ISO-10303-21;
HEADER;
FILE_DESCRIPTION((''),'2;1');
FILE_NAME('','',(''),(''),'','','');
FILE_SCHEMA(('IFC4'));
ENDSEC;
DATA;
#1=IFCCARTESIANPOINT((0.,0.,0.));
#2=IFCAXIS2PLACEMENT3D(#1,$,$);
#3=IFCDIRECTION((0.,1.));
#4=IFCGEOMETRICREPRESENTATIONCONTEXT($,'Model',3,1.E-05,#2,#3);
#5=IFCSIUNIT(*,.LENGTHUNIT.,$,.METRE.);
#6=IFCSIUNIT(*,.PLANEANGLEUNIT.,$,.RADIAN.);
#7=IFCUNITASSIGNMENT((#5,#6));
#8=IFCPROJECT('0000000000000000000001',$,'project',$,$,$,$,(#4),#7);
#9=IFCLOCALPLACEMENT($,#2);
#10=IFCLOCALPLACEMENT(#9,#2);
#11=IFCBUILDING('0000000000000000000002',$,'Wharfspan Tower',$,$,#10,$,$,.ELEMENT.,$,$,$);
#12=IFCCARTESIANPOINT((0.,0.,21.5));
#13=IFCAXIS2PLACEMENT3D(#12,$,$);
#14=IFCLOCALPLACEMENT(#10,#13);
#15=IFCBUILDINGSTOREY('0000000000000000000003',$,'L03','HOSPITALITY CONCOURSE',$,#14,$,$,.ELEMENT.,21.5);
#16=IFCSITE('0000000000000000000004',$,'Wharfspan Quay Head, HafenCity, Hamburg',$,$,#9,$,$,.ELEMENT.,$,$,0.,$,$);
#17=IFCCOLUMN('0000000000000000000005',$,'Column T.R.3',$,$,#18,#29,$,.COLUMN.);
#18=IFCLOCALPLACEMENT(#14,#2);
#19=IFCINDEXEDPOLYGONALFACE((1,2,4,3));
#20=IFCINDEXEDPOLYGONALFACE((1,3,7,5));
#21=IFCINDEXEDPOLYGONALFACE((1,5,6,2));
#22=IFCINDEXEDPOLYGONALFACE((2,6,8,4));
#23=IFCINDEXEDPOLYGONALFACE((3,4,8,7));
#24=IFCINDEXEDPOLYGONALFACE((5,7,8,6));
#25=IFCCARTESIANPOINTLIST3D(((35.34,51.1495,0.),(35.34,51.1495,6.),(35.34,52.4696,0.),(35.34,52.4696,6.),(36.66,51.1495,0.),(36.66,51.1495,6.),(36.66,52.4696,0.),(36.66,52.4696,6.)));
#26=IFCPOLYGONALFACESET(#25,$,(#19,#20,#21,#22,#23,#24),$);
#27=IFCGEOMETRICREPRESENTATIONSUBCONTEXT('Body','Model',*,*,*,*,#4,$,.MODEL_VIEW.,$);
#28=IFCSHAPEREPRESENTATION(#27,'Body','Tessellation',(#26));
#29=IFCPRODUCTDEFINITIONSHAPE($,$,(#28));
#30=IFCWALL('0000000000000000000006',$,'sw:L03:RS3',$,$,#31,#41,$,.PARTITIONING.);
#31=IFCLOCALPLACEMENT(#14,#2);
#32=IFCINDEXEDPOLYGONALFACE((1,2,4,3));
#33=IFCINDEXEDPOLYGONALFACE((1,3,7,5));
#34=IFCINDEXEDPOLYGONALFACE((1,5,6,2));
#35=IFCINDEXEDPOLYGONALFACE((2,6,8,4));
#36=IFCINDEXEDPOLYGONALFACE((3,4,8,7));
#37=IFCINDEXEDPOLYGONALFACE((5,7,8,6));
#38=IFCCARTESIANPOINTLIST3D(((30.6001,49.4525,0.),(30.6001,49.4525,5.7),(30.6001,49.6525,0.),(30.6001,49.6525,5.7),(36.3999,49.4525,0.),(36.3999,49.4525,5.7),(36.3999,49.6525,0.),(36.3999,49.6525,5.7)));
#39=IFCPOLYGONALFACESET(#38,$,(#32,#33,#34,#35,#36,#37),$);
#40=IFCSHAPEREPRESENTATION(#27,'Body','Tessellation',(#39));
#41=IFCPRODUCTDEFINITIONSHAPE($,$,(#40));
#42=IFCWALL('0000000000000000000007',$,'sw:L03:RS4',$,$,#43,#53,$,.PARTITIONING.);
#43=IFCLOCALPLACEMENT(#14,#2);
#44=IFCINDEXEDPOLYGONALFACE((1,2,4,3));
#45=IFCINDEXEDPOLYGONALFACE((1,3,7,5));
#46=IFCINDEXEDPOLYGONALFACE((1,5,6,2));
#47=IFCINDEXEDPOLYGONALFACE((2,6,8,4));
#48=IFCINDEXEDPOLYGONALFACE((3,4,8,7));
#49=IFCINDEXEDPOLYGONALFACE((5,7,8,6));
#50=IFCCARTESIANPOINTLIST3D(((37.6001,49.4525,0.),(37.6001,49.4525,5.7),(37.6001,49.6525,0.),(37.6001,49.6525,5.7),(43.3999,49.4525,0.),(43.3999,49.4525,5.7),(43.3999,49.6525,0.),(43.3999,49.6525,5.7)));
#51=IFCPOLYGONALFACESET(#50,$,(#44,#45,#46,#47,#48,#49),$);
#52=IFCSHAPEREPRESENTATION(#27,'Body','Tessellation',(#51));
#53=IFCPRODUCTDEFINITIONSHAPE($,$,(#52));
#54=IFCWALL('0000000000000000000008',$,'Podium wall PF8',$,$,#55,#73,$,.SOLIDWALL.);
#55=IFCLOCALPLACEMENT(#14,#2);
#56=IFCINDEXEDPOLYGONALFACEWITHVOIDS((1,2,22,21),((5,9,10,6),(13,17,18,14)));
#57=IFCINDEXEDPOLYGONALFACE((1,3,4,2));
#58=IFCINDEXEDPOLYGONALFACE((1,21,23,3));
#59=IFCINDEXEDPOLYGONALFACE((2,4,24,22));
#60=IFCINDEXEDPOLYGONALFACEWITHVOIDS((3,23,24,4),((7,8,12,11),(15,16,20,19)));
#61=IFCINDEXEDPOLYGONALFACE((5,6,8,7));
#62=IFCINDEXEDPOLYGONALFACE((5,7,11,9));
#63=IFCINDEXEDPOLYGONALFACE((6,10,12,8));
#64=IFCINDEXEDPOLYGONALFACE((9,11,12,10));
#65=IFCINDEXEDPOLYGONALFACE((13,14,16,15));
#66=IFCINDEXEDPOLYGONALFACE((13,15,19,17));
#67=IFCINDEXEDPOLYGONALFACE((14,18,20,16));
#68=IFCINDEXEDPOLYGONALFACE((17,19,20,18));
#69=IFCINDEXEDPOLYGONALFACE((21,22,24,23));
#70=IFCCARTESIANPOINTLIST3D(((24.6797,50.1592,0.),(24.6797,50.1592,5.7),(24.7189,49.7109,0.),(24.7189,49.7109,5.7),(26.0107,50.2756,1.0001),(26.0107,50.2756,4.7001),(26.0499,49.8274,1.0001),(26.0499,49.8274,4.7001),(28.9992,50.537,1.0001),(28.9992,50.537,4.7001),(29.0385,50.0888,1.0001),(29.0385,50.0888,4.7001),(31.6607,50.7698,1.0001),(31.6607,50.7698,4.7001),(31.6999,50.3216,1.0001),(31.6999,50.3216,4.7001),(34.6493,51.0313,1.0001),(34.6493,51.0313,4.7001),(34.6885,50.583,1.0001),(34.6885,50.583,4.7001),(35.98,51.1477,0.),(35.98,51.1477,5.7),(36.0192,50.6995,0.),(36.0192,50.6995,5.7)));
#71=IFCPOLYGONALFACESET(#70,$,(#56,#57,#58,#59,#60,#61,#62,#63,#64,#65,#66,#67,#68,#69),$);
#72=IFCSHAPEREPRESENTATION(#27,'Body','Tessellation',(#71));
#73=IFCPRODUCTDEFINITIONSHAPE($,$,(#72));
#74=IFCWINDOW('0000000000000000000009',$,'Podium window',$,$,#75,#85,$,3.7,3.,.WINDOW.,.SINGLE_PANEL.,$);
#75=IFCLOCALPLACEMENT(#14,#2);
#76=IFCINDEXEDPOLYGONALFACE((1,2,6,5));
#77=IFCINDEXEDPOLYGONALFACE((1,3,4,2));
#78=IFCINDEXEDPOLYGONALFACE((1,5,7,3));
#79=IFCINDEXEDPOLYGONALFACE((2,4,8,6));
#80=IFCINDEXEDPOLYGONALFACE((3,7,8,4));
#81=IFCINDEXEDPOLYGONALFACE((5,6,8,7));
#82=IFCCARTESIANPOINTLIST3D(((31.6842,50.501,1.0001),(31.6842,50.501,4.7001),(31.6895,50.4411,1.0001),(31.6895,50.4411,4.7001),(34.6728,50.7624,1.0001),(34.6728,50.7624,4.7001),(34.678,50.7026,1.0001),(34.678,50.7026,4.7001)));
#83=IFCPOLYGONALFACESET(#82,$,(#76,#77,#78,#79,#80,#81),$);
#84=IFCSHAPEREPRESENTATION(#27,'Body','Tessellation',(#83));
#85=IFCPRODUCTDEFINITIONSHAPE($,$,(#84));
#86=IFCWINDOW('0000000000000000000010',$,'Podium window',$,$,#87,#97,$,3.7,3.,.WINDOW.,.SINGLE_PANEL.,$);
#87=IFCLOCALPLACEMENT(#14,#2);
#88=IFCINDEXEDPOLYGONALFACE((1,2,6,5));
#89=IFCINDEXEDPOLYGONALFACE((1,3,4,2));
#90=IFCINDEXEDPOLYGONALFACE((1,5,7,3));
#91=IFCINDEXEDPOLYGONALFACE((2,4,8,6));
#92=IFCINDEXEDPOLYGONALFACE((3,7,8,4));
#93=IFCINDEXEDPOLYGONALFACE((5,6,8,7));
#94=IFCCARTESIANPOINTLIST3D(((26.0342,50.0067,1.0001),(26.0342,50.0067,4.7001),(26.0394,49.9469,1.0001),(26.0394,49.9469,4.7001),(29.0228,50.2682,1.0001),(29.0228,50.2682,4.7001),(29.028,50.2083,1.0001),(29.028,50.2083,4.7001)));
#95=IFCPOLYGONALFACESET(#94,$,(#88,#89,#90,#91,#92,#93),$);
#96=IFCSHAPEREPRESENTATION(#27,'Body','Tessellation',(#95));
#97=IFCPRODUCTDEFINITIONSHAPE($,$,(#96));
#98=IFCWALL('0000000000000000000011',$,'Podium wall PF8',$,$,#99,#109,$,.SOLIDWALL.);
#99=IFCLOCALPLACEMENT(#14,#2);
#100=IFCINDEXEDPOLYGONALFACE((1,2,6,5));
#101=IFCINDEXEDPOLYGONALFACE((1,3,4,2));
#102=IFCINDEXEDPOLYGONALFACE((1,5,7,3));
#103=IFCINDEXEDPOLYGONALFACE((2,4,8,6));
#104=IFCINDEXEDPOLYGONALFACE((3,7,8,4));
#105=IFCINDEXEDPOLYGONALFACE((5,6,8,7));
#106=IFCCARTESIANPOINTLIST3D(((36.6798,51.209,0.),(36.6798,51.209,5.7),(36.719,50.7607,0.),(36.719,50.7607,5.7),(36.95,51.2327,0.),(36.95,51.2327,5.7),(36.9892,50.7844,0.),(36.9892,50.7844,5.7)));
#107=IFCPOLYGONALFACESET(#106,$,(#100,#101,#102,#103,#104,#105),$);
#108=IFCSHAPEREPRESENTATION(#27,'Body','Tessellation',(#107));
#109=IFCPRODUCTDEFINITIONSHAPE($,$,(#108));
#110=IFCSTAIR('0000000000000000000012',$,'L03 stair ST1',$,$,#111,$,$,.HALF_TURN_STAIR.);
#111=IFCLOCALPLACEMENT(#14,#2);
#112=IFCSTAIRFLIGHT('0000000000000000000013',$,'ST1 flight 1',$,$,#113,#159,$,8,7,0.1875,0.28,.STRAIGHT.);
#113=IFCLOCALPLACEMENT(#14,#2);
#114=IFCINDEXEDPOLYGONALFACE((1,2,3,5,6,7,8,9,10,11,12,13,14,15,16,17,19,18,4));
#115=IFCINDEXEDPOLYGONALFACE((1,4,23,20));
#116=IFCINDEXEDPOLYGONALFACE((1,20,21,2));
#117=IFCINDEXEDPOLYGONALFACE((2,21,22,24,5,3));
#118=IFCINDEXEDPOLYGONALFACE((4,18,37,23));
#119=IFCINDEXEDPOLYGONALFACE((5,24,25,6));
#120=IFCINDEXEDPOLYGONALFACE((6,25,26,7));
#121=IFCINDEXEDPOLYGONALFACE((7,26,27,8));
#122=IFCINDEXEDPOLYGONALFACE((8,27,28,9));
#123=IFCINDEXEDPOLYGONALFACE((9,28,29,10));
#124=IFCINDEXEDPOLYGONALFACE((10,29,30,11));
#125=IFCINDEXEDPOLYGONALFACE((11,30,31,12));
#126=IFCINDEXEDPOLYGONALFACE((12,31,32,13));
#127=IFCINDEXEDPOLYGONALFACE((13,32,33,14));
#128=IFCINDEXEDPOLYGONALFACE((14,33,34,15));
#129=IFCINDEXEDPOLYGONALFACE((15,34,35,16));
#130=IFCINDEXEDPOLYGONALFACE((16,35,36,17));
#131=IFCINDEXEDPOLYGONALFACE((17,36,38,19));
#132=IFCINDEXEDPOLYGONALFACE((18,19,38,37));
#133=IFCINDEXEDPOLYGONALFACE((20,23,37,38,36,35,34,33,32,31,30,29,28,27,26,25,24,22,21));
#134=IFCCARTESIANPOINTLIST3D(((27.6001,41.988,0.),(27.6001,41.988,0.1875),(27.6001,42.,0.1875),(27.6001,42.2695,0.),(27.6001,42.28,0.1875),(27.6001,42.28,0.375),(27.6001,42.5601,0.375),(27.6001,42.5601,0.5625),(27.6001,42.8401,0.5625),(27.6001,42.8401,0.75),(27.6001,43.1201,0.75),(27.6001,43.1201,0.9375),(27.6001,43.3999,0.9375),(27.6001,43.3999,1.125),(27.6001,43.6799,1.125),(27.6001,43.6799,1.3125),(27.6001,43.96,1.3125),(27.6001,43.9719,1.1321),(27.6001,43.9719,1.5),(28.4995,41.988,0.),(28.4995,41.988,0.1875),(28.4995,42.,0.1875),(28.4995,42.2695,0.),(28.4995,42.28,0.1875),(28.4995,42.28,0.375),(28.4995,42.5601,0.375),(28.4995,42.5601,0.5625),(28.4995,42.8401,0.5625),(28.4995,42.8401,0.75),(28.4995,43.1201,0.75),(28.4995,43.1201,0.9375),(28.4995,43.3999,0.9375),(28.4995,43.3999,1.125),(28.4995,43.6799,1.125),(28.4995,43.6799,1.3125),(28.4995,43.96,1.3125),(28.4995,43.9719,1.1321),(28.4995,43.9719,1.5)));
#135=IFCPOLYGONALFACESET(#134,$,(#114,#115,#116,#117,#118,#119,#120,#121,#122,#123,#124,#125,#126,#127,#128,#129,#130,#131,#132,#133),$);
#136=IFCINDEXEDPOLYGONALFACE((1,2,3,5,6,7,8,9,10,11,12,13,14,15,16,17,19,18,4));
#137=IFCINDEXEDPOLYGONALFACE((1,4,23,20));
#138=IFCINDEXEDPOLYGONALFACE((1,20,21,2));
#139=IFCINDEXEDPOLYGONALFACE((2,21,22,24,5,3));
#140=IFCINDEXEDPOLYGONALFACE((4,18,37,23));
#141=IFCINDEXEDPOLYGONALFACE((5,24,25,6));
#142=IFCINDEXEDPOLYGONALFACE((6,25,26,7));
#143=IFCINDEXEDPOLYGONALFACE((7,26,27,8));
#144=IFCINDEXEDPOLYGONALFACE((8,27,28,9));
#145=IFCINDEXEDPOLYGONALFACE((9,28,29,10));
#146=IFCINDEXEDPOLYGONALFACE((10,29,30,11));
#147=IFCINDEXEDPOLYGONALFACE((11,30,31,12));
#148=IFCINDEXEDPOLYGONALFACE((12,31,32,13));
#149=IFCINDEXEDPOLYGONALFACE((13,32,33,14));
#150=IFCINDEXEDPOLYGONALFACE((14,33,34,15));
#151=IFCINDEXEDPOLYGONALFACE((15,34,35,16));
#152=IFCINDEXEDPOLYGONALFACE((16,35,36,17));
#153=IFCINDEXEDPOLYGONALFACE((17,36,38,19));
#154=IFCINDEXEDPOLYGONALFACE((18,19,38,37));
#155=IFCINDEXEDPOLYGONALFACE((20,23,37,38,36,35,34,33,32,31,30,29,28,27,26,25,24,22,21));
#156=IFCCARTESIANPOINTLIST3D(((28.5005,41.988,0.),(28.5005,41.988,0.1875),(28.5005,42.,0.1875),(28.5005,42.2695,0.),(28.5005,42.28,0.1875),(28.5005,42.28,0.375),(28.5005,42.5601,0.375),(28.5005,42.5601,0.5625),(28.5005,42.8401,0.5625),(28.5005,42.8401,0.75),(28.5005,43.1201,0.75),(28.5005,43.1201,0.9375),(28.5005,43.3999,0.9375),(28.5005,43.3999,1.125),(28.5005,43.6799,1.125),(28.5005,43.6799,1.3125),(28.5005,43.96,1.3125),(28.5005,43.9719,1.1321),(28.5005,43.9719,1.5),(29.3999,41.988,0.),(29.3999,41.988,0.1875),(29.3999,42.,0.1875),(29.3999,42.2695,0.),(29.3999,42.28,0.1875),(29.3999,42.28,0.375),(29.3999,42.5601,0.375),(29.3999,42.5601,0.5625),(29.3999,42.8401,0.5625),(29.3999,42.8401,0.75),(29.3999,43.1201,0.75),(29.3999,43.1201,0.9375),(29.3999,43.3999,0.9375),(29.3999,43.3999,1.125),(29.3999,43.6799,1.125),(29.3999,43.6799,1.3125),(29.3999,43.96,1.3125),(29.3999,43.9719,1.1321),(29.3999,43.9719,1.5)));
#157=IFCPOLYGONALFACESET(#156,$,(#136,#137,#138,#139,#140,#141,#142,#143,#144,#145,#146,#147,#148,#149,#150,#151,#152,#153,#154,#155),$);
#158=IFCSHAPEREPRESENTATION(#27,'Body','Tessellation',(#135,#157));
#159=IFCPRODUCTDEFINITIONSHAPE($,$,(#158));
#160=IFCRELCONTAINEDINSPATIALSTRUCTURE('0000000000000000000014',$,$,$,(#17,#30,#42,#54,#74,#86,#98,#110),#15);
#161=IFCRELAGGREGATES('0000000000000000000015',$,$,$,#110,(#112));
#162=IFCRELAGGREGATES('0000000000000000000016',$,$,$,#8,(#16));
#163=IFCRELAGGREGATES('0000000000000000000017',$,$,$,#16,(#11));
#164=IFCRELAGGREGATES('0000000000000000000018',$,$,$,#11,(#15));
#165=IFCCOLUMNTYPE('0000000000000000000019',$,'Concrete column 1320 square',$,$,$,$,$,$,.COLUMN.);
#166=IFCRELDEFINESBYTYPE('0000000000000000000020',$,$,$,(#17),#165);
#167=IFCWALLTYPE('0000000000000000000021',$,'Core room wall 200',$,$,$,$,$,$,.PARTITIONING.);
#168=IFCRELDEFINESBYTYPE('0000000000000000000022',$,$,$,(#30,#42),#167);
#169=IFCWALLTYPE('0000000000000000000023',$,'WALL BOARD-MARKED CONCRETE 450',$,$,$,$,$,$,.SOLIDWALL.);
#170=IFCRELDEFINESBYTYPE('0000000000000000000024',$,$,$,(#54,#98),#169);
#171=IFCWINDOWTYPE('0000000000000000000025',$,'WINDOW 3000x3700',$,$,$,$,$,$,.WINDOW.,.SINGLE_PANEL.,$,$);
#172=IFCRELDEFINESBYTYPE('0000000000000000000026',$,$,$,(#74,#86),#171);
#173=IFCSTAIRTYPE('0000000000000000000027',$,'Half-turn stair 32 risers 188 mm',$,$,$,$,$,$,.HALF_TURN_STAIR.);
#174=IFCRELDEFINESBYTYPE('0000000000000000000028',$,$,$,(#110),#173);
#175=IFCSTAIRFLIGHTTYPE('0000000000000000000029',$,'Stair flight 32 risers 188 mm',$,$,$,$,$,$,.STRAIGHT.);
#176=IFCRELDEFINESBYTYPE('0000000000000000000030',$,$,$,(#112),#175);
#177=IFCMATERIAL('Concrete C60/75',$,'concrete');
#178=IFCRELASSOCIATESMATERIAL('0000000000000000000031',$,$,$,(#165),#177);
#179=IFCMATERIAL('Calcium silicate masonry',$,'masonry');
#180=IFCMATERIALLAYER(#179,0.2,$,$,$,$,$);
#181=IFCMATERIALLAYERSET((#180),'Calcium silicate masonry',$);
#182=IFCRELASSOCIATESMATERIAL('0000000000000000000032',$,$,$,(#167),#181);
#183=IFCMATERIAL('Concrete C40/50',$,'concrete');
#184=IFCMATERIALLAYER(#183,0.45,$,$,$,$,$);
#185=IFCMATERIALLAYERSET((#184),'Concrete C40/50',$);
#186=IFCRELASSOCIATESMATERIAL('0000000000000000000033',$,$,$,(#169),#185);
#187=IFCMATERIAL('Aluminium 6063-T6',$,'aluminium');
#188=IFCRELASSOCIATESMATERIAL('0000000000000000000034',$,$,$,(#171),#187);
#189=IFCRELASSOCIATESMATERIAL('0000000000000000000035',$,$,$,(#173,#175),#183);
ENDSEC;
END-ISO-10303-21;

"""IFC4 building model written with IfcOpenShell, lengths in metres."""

from ifc_helpers import new_model, si_unit, direction, frame, frame_2d, origin, origin_2d, place, context, subcontext, project, spatial, polyline, rectangle, outline, extrude, material, layer, layer_set, material_profile, profile_set, type_object, element, fill, aggregate, save


model = new_model("IFC4")

# Units and contexts
model_context = context("Model", 3, precision=1e-05, world=origin(), true_north=direction((0.0, 1.0)))
body_context = subcontext(model_context, "Body", "Model", "MODEL_VIEW")
ifc_project = project(units=[si_unit("LENGTHUNIT", "METRE"), si_unit("PLANEANGLEUNIT", "RADIAN")], contexts=[model_context])

# Site, building, storey
site_placement = place(None, origin())
site = spatial("IfcSite", under=ifc_project, at=site_placement, Name="Wharfspan Quay Head, HafenCity, Hamburg", CompositionType="ELEMENT", RefElevation=0.0)
building_placement = place(site_placement, origin())
building = spatial("IfcBuilding", under=site, at=building_placement, Name="Wharfspan Tower", CompositionType="ELEMENT")
storey_placement = place(building_placement, frame((0.0, 0.0, 21.5)))
storey = spatial("IfcBuildingStorey", under=building, at=storey_placement, Name="L03", Description="HOSPITALITY CONCOURSE", CompositionType="ELEMENT", Elevation=21.5)

# Column
ifc_material_1 = material(Name="Concrete C60/75", Category="concrete")
ifc_material_profile = material_profile(ifc_material_1, rectangle(XDim=1.3201, YDim=1.3201, at=origin_2d()))
ifc_profile_set = profile_set([ifc_material_profile], Name="Concrete C60/75")
column_type = type_object("IfcColumnType", Name="Concrete column 1320 square", PredefinedType="COLUMN", material=ifc_profile_set)
column_placement = place(storey_placement, frame((36.0, 51.8096, 0.0), z_axis=(0.0, 0.0, 1.0), x_axis=(1.0, 0.0, 0.0)))
element("IfcColumn", 1, at=column_placement, inside=storey, type_object=column_type, Name="Column T.R.3", PredefinedType="COLUMN", context=body_context, shape_type="SweptSolid", body=[
    extrude(rectangle(XDim=1.3201, YDim=1.3201, at=origin_2d()), origin(), (0.0, 0.0, 1.0), 6.0),
])

# Walls
ifc_material_2 = material(Name="Calcium silicate masonry", Category="masonry")
ifc_layer_1 = layer(ifc_material_2, 0.2)
ifc_layer_set_1 = layer_set([ifc_layer_1], Name="Calcium silicate masonry")
wall_type_1 = type_object("IfcWallType", Name="Core room wall 200", PredefinedType="PARTITIONING", material=ifc_layer_set_1)
for number, where, z_axis, x_axis, name in (
    (2, (30.6001, 49.5525, 0.0), (0.0, 0.0, 1.0), (1.0, 0.0, 0.0), "sw:L03:RS3"),
    (3, (37.6001, 49.5525, 0.0), (0.0, 0.0, 1.0), (1.0, 0.0, 0.0), "sw:L03:RS4"),
):
    element("IfcWall", number, at=place(storey_placement, frame(where, z_axis=z_axis, x_axis=x_axis)), inside=storey, type_object=wall_type_1, Name=name, PredefinedType="PARTITIONING", context=body_context, shape_type="SweptSolid", body=[
        extrude(rectangle(XDim=5.7998, YDim=0.2, at=frame_2d((2.8999, 0.0))), origin(), (0.0, 0.0, 1.0), 5.7),
    ])

# Wall, openings, windows
ifc_material_3 = material(Name="Concrete C40/50", Category="concrete")
ifc_layer_2 = layer(ifc_material_3, 0.45)
ifc_layer_set_2 = layer_set([ifc_layer_2], Name="Concrete C40/50")
wall_type_2 = type_object("IfcWallType", Name="WALL BOARD-MARKED CONCRETE 450", PredefinedType="SOLIDWALL", material=ifc_layer_set_2)
wall_1_placement = place(storey_placement, frame((35.9998, 50.9236, 0.0), z_axis=(0.0, 0.0, 1.0), x_axis=(-0.996195, -0.087145, 0.0)))
wall_1 = element("IfcWall", 4, at=wall_1_placement, inside=storey, type_object=wall_type_2, Name="Podium wall PF8", PredefinedType="SOLIDWALL", context=body_context, shape_type="SweptSolid", body=[
    extrude(rectangle(XDim=11.3435, YDim=0.45, at=frame_2d((5.6719, 0.0))), origin(), (0.0, 0.0, 1.0), 5.7),
])
opening_1_placement = place(wall_1_placement, frame((1.3359, 0.0, 1.0)))
opening_1 = element("IfcOpeningElement", 5, at=opening_1_placement, cuts=wall_1, PredefinedType="OPENING", context=body_context, shape_type="SweptSolid", body=[
    extrude(rectangle(XDim=3.0, YDim=3.7, at=frame_2d((1.5, 1.8501))), frame((0.0, 0.2349, 0.0), z_axis=(0.0, -1.0, 0.0), x_axis=(1.0, 0.0, 0.0)), (0.0, 0.0, 1.0), 0.47),
])
opening_2_placement = place(wall_1_placement, frame((7.0076, 0.0, 1.0)))
opening_2 = element("IfcOpeningElement", 6, at=opening_2_placement, cuts=wall_1, PredefinedType="OPENING", context=body_context, shape_type="SweptSolid", body=[
    extrude(rectangle(XDim=3.0, YDim=3.7, at=frame_2d((1.5, 1.8501))), frame((0.0, 0.2349, 0.0), z_axis=(0.0, -1.0, 0.0), x_axis=(1.0, 0.0, 0.0)), (0.0, 0.0, 1.0), 0.47),
])
ifc_material_4 = material(Name="Aluminium 6063-T6", Category="aluminium")
window_type = type_object("IfcWindowType", Name="WINDOW 3000x3700", PartitioningType="SINGLE_PANEL", PredefinedType="WINDOW", material=ifc_material_4)
window_1_placement = place(opening_1_placement, origin())
window_1 = element("IfcWindow", 7, at=window_1_placement, inside=storey, type_object=window_type, Name="Podium window", OverallHeight=3.7, OverallWidth=3.0, PartitioningType="SINGLE_PANEL", PredefinedType="WINDOW", context=body_context, shape_type="SweptSolid", body=[
    extrude(rectangle(XDim=3.0, YDim=3.7, at=frame_2d((1.5, 1.8501))), frame((0.0, 0.105, 0.0), z_axis=(0.0, -1.0, 0.0), x_axis=(1.0, 0.0, 0.0)), (0.0, 0.0, 1.0), 0.0601),
])
fill(opening_1, window_1)
window_2_placement = place(opening_2_placement, origin())
window_2 = element("IfcWindow", 8, at=window_2_placement, inside=storey, type_object=window_type, Name="Podium window", OverallHeight=3.7, OverallWidth=3.0, PartitioningType="SINGLE_PANEL", PredefinedType="WINDOW", context=body_context, shape_type="SweptSolid", body=[
    extrude(rectangle(XDim=3.0, YDim=3.7, at=frame_2d((1.5, 1.8501))), frame((0.0, 0.105, 0.0), z_axis=(0.0, -1.0, 0.0), x_axis=(1.0, 0.0, 0.0)), (0.0, 0.0, 1.0), 0.0601),
])
fill(opening_2, window_2)

# Wall
wall_2_placement = place(storey_placement, frame((36.9697, 51.0085, 0.0), z_axis=(0.0, 0.0, 1.0), x_axis=(-0.996186, -0.08729, 0.0)))
element("IfcWall", 9, at=wall_2_placement, inside=storey, type_object=wall_type_2, Name="Podium wall PF8", PredefinedType="SOLIDWALL", context=body_context, shape_type="SweptSolid", body=[
    extrude(rectangle(XDim=0.2712, YDim=0.45, at=frame_2d((0.1357, 0.0))), origin(), (0.0, 0.0, 1.0), 5.7),
])

# Stair, stair flight
stair_type = type_object("IfcStairType", Name="Half-turn stair 32 risers 188 mm", PredefinedType="HALF_TURN_STAIR", material=ifc_material_3)
stair_placement = place(storey_placement, origin())
stair = element("IfcStair", 10, at=stair_placement, inside=storey, type_object=stair_type, Name="L03 stair ST1", PredefinedType="HALF_TURN_STAIR")
stair_flight_type = type_object("IfcStairFlightType", Name="Stair flight 32 risers 188 mm", PredefinedType="STRAIGHT", material=ifc_material_3)
stair_flight_1_placement = place(storey_placement, frame((28.5, 42.0, 0.0), z_axis=(0.0, 0.0, 1.0), x_axis=(0.0, 1.0, 0.0)))
stair_flight_1 = element("IfcStairFlight", 11, at=stair_flight_1_placement, type_object=stair_flight_type, Name="ST1 flight 1", NumberOfRisers=8, NumberOfTreads=7, PredefinedType="STRAIGHT", RiserHeight=0.1875, TreadLength=0.28, context=body_context, shape_type="SweptSolid", body=[
    extrude(outline(polyline([(-0.012, 0.0), (-0.012, 0.1875), (0.0, 0.1875), (0.28, 0.1875), (0.28, 0.375), (0.5601, 0.375), (0.5601, 0.5625), (0.8401, 0.5625), (0.8401, 0.75), (1.1201, 0.75), (1.1201, 0.9375), (1.3999, 0.9375), (1.3999, 1.125), (1.6799, 1.125), (1.6799, 1.3125), (1.96, 1.3125), (1.9719, 1.5), (1.9719, 1.1321), (0.2695, 0.0), (-0.012, 0.0)])), frame((0.0, 0.8999, 0.0), z_axis=(0.0, -1.0, 0.0), x_axis=(1.0, 0.0, 0.0)), (0.0, 0.0, 1.0), 0.8994),
    extrude(outline(polyline([(-0.012, 0.0), (-0.012, 0.1875), (0.0, 0.1875), (0.28, 0.1875), (0.28, 0.375), (0.5601, 0.375), (0.5601, 0.5625), (0.8401, 0.5625), (0.8401, 0.75), (1.1201, 0.75), (1.1201, 0.9375), (1.3999, 0.9375), (1.3999, 1.125), (1.6799, 1.125), (1.6799, 1.3125), (1.96, 1.3125), (1.9719, 1.5), (1.9719, 1.1321), (0.2695, 0.0), (-0.012, 0.0)])), frame((0.0, -0.0005, 0.0), z_axis=(0.0, -1.0, 0.0), x_axis=(1.0, 0.0, 0.0)), (0.0, 0.0, 1.0), 0.8994),
])
aggregate(stair, [stair_flight_1])

save(model, "model.ifc")
